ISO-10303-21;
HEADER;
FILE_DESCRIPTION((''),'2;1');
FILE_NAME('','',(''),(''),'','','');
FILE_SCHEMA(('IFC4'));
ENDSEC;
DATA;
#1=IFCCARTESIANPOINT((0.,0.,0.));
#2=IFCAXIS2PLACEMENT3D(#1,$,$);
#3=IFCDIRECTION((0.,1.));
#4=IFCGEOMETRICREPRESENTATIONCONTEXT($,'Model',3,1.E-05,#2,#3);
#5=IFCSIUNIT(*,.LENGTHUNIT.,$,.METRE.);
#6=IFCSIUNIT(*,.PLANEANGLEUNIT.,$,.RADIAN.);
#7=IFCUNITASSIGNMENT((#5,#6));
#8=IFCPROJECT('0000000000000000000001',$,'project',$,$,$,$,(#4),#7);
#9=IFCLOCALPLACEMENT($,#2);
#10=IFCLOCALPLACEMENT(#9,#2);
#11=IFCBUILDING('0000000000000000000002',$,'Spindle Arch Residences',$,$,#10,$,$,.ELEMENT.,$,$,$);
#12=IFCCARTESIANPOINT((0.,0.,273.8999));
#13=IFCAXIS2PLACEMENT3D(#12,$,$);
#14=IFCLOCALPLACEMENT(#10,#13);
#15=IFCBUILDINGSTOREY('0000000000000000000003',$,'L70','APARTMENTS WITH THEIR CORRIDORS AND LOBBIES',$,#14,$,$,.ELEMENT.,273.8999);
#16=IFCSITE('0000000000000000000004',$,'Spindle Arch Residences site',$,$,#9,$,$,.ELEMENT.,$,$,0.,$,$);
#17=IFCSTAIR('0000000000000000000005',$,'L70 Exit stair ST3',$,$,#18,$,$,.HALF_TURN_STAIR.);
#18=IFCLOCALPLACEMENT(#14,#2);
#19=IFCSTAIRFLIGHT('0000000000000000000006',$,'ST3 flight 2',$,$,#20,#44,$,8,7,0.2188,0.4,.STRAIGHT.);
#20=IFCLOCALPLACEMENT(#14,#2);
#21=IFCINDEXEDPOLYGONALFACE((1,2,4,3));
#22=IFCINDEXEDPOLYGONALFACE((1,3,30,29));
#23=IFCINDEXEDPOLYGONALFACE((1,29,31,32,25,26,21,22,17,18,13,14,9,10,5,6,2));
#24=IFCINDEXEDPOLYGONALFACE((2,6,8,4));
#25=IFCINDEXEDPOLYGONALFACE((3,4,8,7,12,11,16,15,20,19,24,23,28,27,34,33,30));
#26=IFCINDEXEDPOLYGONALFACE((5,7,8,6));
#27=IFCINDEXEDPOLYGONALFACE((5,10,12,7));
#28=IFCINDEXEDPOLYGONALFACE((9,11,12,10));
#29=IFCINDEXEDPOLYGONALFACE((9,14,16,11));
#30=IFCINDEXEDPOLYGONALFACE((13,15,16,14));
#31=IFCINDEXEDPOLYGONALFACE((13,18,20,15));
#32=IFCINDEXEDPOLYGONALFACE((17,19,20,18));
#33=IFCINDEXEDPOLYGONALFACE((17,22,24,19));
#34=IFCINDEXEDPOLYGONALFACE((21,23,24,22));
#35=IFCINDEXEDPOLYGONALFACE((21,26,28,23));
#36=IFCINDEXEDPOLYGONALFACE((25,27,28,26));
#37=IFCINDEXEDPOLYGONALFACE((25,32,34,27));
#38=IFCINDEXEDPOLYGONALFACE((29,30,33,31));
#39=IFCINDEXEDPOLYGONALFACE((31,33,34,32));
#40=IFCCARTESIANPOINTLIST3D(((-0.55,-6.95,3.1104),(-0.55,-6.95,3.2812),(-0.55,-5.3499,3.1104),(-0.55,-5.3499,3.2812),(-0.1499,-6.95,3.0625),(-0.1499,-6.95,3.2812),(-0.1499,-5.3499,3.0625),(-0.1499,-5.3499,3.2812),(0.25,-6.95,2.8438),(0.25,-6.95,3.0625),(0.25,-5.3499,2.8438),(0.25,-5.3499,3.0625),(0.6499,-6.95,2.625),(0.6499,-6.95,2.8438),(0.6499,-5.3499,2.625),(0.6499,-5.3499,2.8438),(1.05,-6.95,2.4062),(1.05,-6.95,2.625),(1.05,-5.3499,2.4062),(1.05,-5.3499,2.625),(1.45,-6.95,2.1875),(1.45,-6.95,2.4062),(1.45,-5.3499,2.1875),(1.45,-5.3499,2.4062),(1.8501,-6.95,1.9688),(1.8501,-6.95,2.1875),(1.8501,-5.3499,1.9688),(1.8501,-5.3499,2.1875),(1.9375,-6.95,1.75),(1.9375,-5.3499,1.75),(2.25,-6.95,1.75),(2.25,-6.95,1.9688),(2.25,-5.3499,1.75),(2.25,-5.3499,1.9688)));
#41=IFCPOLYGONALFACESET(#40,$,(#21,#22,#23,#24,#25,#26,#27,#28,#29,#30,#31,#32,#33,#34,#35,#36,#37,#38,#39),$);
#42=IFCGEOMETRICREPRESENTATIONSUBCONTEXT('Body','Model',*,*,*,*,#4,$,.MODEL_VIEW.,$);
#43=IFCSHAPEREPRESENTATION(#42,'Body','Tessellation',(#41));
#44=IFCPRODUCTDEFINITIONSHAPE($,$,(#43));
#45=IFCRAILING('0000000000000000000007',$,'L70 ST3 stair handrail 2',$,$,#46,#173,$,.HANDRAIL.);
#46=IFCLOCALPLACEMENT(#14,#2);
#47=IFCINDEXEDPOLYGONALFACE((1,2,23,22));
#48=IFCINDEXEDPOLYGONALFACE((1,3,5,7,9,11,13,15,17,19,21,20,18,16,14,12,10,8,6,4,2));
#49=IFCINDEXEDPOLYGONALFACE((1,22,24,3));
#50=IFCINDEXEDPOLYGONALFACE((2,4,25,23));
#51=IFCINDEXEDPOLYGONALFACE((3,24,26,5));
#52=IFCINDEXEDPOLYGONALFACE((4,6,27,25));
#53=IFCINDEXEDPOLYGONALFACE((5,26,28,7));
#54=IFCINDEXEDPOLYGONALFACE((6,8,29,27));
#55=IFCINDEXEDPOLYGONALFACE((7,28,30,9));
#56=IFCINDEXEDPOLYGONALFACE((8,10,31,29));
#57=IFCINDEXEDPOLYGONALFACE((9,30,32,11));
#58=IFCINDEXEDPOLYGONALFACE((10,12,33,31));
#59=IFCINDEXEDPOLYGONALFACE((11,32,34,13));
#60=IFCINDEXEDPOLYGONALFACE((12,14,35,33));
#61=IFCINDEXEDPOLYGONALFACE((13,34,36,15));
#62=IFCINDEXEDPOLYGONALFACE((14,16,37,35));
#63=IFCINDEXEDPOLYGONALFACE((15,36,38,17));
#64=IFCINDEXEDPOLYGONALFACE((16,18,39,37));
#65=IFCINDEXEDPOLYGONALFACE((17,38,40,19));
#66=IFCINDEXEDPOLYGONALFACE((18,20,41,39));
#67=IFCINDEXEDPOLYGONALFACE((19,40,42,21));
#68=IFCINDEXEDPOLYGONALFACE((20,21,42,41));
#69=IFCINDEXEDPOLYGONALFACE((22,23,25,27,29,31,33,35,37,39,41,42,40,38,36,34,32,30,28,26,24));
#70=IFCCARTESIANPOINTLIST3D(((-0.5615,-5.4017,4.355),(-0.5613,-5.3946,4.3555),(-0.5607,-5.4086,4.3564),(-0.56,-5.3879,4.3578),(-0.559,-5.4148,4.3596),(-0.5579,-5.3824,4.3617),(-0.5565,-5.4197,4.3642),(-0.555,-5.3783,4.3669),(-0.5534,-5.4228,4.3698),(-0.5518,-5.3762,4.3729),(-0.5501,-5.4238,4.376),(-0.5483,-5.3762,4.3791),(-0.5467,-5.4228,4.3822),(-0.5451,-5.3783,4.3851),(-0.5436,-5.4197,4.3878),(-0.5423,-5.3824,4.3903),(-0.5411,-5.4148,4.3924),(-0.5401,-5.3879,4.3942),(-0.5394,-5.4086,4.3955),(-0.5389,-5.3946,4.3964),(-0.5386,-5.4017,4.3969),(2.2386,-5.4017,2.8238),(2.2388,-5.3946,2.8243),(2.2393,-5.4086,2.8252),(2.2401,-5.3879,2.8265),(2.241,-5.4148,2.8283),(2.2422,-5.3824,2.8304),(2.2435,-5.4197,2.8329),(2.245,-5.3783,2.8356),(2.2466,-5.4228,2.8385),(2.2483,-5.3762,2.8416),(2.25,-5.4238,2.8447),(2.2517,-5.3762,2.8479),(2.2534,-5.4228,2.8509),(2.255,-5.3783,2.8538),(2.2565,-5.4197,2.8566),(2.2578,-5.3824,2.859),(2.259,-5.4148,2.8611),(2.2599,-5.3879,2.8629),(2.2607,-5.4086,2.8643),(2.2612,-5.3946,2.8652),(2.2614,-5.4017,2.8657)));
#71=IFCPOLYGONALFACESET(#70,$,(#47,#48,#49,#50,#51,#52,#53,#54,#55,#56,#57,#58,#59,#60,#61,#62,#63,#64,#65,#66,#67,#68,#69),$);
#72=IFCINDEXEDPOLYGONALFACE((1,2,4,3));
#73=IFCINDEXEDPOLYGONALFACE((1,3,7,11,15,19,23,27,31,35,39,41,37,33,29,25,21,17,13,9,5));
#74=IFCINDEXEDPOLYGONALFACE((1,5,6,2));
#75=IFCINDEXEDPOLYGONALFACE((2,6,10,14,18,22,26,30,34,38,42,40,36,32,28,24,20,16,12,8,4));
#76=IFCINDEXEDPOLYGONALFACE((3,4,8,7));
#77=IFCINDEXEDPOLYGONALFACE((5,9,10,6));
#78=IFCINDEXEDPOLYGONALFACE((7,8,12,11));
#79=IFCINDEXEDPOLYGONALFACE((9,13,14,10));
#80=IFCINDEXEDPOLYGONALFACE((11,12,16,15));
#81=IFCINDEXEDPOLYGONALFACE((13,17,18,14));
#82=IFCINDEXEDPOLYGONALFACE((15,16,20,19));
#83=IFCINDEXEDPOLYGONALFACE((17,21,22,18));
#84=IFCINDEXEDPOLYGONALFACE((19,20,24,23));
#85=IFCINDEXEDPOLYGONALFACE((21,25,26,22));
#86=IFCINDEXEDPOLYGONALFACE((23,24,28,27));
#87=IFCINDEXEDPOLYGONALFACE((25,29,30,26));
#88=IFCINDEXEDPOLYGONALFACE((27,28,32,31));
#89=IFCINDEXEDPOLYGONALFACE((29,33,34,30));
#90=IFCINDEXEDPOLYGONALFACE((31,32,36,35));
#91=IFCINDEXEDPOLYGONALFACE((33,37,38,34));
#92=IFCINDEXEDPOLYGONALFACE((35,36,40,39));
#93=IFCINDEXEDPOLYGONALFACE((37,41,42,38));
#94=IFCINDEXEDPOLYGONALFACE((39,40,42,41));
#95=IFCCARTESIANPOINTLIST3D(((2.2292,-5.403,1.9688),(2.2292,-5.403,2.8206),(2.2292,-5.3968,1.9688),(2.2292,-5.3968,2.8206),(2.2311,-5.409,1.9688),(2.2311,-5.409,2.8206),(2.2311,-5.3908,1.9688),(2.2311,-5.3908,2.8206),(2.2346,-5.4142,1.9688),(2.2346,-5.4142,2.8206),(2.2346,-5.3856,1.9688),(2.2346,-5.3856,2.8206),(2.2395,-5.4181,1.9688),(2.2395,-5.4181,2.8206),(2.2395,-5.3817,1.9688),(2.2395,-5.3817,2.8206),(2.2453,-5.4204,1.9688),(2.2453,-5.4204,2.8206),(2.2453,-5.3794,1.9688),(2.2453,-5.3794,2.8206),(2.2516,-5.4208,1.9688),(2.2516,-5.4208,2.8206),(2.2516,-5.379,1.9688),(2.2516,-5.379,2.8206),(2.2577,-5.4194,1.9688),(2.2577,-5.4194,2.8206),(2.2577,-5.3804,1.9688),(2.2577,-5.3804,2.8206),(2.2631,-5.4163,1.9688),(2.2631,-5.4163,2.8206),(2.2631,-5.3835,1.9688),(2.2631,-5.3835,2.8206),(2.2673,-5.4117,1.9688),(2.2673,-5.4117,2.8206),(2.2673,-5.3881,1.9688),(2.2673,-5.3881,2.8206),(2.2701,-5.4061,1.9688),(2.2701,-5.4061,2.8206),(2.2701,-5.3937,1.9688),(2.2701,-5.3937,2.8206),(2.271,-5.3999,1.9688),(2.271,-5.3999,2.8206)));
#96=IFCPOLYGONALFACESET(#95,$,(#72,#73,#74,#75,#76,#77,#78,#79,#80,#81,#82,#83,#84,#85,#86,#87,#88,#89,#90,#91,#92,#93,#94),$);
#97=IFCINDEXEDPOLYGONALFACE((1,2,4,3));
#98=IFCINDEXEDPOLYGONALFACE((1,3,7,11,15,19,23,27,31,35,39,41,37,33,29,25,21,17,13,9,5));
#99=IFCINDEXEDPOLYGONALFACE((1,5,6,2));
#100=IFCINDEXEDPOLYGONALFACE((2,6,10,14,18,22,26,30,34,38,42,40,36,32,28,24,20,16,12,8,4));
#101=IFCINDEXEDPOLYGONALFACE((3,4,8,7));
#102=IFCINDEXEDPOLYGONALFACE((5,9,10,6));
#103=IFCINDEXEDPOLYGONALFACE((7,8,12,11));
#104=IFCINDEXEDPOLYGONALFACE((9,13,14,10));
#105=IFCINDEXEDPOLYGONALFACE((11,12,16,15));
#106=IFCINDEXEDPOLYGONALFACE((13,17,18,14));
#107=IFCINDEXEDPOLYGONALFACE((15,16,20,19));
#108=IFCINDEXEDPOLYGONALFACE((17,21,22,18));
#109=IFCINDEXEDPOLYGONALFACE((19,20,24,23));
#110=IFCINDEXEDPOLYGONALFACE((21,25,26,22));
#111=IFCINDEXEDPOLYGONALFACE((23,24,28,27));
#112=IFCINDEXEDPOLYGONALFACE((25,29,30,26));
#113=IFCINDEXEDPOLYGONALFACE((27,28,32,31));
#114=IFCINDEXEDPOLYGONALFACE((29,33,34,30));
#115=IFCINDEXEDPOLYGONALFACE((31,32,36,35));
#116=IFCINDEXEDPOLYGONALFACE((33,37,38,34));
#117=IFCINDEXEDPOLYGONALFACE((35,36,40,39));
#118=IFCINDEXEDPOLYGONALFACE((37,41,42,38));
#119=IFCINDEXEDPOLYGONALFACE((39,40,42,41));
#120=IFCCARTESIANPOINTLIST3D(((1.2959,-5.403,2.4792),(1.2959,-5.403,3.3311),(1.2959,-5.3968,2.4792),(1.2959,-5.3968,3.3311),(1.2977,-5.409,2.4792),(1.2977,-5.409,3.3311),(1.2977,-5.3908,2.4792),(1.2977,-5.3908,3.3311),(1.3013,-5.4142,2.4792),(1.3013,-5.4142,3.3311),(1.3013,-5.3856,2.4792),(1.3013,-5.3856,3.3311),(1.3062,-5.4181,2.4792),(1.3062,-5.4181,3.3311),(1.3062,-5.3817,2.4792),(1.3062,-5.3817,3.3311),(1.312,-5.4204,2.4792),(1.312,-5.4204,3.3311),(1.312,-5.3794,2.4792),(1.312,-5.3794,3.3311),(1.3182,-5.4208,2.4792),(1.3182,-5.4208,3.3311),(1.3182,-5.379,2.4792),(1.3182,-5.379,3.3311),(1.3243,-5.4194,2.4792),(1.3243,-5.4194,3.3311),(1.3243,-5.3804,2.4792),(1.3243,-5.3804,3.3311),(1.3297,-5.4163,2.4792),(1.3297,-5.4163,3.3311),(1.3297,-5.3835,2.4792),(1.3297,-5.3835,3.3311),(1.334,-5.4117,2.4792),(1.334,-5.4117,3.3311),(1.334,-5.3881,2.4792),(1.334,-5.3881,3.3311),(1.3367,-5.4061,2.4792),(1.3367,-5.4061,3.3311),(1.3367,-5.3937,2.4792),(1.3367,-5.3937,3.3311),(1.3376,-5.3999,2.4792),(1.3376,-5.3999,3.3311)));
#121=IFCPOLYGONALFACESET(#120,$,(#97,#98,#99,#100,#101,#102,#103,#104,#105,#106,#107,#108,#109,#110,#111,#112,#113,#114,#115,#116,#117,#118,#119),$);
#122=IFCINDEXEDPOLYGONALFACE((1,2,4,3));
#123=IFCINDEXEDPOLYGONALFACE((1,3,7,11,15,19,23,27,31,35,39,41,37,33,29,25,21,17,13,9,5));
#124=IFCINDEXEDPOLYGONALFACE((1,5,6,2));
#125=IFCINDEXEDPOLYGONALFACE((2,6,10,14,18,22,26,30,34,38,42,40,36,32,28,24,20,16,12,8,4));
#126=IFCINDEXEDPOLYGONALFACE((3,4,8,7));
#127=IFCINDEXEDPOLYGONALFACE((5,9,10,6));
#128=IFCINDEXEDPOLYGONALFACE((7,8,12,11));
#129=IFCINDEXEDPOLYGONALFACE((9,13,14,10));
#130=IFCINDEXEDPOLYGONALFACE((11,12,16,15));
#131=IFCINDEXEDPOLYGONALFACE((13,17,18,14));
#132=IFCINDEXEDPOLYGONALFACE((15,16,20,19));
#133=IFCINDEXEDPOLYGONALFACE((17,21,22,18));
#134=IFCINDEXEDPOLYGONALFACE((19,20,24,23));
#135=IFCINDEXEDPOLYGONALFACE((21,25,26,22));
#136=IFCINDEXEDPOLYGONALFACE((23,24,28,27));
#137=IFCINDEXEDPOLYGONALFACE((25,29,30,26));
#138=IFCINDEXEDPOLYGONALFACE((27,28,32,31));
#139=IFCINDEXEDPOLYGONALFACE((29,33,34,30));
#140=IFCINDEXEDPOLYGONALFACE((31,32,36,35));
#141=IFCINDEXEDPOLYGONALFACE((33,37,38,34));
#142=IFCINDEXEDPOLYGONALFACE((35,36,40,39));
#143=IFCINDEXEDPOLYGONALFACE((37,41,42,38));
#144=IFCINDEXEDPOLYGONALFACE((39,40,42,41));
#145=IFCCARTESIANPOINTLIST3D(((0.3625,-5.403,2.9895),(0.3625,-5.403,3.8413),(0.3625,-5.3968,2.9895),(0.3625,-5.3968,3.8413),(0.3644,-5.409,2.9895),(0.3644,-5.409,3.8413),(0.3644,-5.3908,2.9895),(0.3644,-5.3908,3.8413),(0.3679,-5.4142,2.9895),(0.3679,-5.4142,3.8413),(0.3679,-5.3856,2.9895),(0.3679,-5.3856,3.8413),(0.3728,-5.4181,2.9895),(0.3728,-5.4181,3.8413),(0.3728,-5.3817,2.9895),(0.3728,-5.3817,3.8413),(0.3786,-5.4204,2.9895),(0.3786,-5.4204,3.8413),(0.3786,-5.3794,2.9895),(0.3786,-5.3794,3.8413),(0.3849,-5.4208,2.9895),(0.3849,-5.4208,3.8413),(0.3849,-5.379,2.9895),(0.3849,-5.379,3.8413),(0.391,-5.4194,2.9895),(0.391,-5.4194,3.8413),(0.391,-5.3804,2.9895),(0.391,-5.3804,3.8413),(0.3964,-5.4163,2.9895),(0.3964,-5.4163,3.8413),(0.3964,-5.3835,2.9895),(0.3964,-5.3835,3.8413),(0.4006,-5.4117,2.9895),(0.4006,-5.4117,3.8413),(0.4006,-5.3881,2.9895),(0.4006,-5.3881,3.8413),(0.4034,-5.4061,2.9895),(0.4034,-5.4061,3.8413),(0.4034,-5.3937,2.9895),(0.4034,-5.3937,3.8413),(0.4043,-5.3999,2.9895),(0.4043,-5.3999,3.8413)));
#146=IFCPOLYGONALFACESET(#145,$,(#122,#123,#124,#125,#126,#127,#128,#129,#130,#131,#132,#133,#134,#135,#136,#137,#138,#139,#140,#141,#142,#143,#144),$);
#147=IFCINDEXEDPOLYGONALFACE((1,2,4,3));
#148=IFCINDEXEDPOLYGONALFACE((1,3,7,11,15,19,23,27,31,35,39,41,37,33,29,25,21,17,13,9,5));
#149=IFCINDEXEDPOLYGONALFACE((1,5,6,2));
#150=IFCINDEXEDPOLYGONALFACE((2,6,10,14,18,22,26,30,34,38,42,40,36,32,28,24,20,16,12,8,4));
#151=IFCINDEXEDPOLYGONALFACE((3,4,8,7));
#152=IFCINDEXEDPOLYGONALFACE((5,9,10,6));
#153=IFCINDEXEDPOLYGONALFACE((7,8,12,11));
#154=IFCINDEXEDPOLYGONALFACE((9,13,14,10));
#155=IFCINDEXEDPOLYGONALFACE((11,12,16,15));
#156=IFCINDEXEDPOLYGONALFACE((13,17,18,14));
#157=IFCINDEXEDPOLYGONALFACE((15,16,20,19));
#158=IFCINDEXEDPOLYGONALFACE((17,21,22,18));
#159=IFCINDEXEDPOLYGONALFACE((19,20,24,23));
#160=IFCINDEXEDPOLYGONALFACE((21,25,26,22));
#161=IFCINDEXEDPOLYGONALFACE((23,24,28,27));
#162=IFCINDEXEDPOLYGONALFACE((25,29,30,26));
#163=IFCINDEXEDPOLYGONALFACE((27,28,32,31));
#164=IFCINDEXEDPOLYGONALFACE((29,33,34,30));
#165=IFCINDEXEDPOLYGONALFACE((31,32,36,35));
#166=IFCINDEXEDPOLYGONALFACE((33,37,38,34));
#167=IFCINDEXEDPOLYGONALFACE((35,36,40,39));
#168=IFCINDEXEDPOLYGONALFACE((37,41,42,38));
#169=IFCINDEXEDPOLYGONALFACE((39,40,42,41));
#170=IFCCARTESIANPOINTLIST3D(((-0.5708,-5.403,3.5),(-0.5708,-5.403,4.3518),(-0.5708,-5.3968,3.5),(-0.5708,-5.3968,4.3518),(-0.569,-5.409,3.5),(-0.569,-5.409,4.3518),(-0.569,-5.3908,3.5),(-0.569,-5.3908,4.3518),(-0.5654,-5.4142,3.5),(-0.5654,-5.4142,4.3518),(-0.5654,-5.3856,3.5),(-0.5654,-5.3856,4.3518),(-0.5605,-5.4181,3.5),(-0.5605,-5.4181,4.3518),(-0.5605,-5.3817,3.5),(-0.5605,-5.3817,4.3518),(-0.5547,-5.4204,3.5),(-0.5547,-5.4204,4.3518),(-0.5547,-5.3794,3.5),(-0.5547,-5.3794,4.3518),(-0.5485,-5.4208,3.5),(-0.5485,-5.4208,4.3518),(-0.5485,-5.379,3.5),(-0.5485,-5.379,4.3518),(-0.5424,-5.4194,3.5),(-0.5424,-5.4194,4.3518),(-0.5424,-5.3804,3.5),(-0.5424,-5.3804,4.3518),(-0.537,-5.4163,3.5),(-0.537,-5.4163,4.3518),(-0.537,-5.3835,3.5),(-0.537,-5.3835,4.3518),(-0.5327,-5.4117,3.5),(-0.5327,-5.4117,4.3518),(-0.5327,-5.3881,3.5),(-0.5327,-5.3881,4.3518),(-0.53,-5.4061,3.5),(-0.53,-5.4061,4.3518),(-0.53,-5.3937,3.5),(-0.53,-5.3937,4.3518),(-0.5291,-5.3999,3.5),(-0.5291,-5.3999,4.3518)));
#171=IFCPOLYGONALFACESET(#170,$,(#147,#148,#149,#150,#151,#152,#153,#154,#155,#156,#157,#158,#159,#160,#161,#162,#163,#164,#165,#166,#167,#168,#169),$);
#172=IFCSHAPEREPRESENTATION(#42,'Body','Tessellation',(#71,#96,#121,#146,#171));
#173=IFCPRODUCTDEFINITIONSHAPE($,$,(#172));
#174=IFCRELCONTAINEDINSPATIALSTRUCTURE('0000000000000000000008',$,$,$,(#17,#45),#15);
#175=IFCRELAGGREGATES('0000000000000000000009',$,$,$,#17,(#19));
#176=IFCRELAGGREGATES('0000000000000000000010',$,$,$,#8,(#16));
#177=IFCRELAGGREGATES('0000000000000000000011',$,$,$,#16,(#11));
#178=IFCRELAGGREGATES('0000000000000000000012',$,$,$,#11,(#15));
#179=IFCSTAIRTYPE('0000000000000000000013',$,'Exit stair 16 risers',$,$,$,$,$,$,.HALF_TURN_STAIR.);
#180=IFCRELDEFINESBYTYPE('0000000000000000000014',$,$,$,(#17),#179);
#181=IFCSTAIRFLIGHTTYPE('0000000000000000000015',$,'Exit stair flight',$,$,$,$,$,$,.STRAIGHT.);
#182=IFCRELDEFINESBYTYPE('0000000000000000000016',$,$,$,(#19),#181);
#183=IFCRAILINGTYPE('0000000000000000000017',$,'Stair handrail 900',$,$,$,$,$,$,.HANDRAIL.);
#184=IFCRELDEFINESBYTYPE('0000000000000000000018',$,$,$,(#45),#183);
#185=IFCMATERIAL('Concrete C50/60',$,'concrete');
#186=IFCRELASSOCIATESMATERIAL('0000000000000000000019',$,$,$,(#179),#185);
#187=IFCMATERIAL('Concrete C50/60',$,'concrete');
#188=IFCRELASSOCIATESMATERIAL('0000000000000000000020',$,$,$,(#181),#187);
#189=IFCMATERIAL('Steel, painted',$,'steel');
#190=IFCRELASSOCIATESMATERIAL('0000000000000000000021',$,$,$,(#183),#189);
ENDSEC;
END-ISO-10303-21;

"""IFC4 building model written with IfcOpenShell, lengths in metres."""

from ifc_helpers import new_model, si_unit, direction, frame, origin, origin_2d, place, context, subcontext, project, spatial, polyline, circle, outline, extrude, material, type_object, element, aggregate, save


model = new_model("IFC4")

# Units and contexts
model_context = context("Model", 3, precision=1e-05, world=origin(), true_north=direction((0.0, 1.0)))
body_context = subcontext(model_context, "Body", "Model", "MODEL_VIEW")
ifc_project = project(units=[si_unit("LENGTHUNIT", "METRE"), si_unit("PLANEANGLEUNIT", "RADIAN")], contexts=[model_context])

# Site, building, storey
site_placement = place(None, origin())
site = spatial("IfcSite", under=ifc_project, at=site_placement, Name="Spindle Arch Residences site", CompositionType="ELEMENT", RefElevation=0.0)
building_placement = place(site_placement, origin())
building = spatial("IfcBuilding", under=site, at=building_placement, Name="Spindle Arch Residences", CompositionType="ELEMENT")
storey_placement = place(building_placement, frame((0.0, 0.0, 273.8999)))
storey = spatial("IfcBuildingStorey", under=building, at=storey_placement, Name="L70", Description="APARTMENTS WITH THEIR CORRIDORS AND LOBBIES", CompositionType="ELEMENT", Elevation=273.8999)

# Stair
ifc_material_1 = material(Name="Concrete C50/60", Category="concrete")
stair_type = type_object("IfcStairType", Name="Exit stair 16 risers", PredefinedType="HALF_TURN_STAIR", material=ifc_material_1)
stair_1_placement = place(storey_placement, origin())
stair_1 = element("IfcStair", 1, at=stair_1_placement, inside=storey, type_object=stair_type, Name="L70 Exit stair ST3", PredefinedType="HALF_TURN_STAIR")

# Stair flight
ifc_material_2 = material(Name="Concrete C50/60", Category="concrete")
stair_flight_type = type_object("IfcStairFlightType", Name="Exit stair flight", PredefinedType="STRAIGHT", material=ifc_material_2)
stair_flight_placement = place(storey_placement, frame((2.25, -6.1499, 1.75), z_axis=(0.0, 0.0, 1.0), x_axis=(-1.0, 0.0, 0.0)))
stair_flight = element("IfcStairFlight", 2, at=stair_flight_placement, type_object=stair_flight_type, Name="ST3 flight 2", NumberOfRisers=8, NumberOfTreads=7, PredefinedType="STRAIGHT", RiserHeight=0.2188, TreadLength=0.4, context=body_context, shape_type="SweptSolid", body=[
    extrude(outline(polyline([(0.0, 0.0), (0.0, 0.2188), (0.3999, 0.2188), (0.3999, 0.4375), (0.8, 0.4375), (0.8, 0.6562), (1.2, 0.6562), (1.2, 0.875), (1.6001, 0.875), (1.6001, 1.0938), (2.0, 1.0938), (2.0, 1.3125), (2.3999, 1.3125), (2.3999, 1.5312), (2.8, 1.5312), (2.8, 1.75), (2.8, 1.3604), (0.3125, 0.0), (0.0, 0.0)])), frame((0.0, 0.8, 0.0), z_axis=(0.0, -1.0, 0.0), x_axis=(1.0, 0.0, 0.0)), (0.0, 0.0, 1.0), 1.6001),
])
aggregate(stair_1, [stair_flight])

# Railing
ifc_material_3 = material(Name="Steel, painted", Category="steel")
railing_type_1 = type_object("IfcRailingType", Name="Stair handrail 900", PredefinedType="HANDRAIL", material=ifc_material_3)
railing_1_placement = place(storey_placement, frame((2.25, -5.3999, 1.9688)))
element("IfcRailing", 3, at=railing_1_placement, inside=storey, type_object=railing_type_1, Name="L70 ST3 stair handrail 2", PredefinedType="HANDRAIL", context=body_context, shape_type="SweptSolid", body=[
    extrude(circle(Radius=0.0239, at=origin_2d()), frame((0.0, 0.0, 0.876), z_axis=(-0.877375, 0.0, 0.479806), x_axis=(0.0, -1.0, 0.0)), (0.0, 0.0, 1.0), 3.1914),
    extrude(circle(Radius=0.021, at=origin_2d()), origin(), (0.0, 0.0, 1.0), 0.8518),
    extrude(circle(Radius=0.021, at=origin_2d()), frame((-0.9333, 0.0, 0.5105)), (0.0, 0.0, 1.0), 0.8518),
    extrude(circle(Radius=0.021, at=origin_2d()), frame((-1.8667, 0.0, 1.0208)), (0.0, 0.0, 1.0), 0.8518),
    extrude(circle(Radius=0.021, at=origin_2d()), frame((-2.8, 0.0, 1.5312)), (0.0, 0.0, 1.0), 0.8518),
])

save(model, "model.ifc")
